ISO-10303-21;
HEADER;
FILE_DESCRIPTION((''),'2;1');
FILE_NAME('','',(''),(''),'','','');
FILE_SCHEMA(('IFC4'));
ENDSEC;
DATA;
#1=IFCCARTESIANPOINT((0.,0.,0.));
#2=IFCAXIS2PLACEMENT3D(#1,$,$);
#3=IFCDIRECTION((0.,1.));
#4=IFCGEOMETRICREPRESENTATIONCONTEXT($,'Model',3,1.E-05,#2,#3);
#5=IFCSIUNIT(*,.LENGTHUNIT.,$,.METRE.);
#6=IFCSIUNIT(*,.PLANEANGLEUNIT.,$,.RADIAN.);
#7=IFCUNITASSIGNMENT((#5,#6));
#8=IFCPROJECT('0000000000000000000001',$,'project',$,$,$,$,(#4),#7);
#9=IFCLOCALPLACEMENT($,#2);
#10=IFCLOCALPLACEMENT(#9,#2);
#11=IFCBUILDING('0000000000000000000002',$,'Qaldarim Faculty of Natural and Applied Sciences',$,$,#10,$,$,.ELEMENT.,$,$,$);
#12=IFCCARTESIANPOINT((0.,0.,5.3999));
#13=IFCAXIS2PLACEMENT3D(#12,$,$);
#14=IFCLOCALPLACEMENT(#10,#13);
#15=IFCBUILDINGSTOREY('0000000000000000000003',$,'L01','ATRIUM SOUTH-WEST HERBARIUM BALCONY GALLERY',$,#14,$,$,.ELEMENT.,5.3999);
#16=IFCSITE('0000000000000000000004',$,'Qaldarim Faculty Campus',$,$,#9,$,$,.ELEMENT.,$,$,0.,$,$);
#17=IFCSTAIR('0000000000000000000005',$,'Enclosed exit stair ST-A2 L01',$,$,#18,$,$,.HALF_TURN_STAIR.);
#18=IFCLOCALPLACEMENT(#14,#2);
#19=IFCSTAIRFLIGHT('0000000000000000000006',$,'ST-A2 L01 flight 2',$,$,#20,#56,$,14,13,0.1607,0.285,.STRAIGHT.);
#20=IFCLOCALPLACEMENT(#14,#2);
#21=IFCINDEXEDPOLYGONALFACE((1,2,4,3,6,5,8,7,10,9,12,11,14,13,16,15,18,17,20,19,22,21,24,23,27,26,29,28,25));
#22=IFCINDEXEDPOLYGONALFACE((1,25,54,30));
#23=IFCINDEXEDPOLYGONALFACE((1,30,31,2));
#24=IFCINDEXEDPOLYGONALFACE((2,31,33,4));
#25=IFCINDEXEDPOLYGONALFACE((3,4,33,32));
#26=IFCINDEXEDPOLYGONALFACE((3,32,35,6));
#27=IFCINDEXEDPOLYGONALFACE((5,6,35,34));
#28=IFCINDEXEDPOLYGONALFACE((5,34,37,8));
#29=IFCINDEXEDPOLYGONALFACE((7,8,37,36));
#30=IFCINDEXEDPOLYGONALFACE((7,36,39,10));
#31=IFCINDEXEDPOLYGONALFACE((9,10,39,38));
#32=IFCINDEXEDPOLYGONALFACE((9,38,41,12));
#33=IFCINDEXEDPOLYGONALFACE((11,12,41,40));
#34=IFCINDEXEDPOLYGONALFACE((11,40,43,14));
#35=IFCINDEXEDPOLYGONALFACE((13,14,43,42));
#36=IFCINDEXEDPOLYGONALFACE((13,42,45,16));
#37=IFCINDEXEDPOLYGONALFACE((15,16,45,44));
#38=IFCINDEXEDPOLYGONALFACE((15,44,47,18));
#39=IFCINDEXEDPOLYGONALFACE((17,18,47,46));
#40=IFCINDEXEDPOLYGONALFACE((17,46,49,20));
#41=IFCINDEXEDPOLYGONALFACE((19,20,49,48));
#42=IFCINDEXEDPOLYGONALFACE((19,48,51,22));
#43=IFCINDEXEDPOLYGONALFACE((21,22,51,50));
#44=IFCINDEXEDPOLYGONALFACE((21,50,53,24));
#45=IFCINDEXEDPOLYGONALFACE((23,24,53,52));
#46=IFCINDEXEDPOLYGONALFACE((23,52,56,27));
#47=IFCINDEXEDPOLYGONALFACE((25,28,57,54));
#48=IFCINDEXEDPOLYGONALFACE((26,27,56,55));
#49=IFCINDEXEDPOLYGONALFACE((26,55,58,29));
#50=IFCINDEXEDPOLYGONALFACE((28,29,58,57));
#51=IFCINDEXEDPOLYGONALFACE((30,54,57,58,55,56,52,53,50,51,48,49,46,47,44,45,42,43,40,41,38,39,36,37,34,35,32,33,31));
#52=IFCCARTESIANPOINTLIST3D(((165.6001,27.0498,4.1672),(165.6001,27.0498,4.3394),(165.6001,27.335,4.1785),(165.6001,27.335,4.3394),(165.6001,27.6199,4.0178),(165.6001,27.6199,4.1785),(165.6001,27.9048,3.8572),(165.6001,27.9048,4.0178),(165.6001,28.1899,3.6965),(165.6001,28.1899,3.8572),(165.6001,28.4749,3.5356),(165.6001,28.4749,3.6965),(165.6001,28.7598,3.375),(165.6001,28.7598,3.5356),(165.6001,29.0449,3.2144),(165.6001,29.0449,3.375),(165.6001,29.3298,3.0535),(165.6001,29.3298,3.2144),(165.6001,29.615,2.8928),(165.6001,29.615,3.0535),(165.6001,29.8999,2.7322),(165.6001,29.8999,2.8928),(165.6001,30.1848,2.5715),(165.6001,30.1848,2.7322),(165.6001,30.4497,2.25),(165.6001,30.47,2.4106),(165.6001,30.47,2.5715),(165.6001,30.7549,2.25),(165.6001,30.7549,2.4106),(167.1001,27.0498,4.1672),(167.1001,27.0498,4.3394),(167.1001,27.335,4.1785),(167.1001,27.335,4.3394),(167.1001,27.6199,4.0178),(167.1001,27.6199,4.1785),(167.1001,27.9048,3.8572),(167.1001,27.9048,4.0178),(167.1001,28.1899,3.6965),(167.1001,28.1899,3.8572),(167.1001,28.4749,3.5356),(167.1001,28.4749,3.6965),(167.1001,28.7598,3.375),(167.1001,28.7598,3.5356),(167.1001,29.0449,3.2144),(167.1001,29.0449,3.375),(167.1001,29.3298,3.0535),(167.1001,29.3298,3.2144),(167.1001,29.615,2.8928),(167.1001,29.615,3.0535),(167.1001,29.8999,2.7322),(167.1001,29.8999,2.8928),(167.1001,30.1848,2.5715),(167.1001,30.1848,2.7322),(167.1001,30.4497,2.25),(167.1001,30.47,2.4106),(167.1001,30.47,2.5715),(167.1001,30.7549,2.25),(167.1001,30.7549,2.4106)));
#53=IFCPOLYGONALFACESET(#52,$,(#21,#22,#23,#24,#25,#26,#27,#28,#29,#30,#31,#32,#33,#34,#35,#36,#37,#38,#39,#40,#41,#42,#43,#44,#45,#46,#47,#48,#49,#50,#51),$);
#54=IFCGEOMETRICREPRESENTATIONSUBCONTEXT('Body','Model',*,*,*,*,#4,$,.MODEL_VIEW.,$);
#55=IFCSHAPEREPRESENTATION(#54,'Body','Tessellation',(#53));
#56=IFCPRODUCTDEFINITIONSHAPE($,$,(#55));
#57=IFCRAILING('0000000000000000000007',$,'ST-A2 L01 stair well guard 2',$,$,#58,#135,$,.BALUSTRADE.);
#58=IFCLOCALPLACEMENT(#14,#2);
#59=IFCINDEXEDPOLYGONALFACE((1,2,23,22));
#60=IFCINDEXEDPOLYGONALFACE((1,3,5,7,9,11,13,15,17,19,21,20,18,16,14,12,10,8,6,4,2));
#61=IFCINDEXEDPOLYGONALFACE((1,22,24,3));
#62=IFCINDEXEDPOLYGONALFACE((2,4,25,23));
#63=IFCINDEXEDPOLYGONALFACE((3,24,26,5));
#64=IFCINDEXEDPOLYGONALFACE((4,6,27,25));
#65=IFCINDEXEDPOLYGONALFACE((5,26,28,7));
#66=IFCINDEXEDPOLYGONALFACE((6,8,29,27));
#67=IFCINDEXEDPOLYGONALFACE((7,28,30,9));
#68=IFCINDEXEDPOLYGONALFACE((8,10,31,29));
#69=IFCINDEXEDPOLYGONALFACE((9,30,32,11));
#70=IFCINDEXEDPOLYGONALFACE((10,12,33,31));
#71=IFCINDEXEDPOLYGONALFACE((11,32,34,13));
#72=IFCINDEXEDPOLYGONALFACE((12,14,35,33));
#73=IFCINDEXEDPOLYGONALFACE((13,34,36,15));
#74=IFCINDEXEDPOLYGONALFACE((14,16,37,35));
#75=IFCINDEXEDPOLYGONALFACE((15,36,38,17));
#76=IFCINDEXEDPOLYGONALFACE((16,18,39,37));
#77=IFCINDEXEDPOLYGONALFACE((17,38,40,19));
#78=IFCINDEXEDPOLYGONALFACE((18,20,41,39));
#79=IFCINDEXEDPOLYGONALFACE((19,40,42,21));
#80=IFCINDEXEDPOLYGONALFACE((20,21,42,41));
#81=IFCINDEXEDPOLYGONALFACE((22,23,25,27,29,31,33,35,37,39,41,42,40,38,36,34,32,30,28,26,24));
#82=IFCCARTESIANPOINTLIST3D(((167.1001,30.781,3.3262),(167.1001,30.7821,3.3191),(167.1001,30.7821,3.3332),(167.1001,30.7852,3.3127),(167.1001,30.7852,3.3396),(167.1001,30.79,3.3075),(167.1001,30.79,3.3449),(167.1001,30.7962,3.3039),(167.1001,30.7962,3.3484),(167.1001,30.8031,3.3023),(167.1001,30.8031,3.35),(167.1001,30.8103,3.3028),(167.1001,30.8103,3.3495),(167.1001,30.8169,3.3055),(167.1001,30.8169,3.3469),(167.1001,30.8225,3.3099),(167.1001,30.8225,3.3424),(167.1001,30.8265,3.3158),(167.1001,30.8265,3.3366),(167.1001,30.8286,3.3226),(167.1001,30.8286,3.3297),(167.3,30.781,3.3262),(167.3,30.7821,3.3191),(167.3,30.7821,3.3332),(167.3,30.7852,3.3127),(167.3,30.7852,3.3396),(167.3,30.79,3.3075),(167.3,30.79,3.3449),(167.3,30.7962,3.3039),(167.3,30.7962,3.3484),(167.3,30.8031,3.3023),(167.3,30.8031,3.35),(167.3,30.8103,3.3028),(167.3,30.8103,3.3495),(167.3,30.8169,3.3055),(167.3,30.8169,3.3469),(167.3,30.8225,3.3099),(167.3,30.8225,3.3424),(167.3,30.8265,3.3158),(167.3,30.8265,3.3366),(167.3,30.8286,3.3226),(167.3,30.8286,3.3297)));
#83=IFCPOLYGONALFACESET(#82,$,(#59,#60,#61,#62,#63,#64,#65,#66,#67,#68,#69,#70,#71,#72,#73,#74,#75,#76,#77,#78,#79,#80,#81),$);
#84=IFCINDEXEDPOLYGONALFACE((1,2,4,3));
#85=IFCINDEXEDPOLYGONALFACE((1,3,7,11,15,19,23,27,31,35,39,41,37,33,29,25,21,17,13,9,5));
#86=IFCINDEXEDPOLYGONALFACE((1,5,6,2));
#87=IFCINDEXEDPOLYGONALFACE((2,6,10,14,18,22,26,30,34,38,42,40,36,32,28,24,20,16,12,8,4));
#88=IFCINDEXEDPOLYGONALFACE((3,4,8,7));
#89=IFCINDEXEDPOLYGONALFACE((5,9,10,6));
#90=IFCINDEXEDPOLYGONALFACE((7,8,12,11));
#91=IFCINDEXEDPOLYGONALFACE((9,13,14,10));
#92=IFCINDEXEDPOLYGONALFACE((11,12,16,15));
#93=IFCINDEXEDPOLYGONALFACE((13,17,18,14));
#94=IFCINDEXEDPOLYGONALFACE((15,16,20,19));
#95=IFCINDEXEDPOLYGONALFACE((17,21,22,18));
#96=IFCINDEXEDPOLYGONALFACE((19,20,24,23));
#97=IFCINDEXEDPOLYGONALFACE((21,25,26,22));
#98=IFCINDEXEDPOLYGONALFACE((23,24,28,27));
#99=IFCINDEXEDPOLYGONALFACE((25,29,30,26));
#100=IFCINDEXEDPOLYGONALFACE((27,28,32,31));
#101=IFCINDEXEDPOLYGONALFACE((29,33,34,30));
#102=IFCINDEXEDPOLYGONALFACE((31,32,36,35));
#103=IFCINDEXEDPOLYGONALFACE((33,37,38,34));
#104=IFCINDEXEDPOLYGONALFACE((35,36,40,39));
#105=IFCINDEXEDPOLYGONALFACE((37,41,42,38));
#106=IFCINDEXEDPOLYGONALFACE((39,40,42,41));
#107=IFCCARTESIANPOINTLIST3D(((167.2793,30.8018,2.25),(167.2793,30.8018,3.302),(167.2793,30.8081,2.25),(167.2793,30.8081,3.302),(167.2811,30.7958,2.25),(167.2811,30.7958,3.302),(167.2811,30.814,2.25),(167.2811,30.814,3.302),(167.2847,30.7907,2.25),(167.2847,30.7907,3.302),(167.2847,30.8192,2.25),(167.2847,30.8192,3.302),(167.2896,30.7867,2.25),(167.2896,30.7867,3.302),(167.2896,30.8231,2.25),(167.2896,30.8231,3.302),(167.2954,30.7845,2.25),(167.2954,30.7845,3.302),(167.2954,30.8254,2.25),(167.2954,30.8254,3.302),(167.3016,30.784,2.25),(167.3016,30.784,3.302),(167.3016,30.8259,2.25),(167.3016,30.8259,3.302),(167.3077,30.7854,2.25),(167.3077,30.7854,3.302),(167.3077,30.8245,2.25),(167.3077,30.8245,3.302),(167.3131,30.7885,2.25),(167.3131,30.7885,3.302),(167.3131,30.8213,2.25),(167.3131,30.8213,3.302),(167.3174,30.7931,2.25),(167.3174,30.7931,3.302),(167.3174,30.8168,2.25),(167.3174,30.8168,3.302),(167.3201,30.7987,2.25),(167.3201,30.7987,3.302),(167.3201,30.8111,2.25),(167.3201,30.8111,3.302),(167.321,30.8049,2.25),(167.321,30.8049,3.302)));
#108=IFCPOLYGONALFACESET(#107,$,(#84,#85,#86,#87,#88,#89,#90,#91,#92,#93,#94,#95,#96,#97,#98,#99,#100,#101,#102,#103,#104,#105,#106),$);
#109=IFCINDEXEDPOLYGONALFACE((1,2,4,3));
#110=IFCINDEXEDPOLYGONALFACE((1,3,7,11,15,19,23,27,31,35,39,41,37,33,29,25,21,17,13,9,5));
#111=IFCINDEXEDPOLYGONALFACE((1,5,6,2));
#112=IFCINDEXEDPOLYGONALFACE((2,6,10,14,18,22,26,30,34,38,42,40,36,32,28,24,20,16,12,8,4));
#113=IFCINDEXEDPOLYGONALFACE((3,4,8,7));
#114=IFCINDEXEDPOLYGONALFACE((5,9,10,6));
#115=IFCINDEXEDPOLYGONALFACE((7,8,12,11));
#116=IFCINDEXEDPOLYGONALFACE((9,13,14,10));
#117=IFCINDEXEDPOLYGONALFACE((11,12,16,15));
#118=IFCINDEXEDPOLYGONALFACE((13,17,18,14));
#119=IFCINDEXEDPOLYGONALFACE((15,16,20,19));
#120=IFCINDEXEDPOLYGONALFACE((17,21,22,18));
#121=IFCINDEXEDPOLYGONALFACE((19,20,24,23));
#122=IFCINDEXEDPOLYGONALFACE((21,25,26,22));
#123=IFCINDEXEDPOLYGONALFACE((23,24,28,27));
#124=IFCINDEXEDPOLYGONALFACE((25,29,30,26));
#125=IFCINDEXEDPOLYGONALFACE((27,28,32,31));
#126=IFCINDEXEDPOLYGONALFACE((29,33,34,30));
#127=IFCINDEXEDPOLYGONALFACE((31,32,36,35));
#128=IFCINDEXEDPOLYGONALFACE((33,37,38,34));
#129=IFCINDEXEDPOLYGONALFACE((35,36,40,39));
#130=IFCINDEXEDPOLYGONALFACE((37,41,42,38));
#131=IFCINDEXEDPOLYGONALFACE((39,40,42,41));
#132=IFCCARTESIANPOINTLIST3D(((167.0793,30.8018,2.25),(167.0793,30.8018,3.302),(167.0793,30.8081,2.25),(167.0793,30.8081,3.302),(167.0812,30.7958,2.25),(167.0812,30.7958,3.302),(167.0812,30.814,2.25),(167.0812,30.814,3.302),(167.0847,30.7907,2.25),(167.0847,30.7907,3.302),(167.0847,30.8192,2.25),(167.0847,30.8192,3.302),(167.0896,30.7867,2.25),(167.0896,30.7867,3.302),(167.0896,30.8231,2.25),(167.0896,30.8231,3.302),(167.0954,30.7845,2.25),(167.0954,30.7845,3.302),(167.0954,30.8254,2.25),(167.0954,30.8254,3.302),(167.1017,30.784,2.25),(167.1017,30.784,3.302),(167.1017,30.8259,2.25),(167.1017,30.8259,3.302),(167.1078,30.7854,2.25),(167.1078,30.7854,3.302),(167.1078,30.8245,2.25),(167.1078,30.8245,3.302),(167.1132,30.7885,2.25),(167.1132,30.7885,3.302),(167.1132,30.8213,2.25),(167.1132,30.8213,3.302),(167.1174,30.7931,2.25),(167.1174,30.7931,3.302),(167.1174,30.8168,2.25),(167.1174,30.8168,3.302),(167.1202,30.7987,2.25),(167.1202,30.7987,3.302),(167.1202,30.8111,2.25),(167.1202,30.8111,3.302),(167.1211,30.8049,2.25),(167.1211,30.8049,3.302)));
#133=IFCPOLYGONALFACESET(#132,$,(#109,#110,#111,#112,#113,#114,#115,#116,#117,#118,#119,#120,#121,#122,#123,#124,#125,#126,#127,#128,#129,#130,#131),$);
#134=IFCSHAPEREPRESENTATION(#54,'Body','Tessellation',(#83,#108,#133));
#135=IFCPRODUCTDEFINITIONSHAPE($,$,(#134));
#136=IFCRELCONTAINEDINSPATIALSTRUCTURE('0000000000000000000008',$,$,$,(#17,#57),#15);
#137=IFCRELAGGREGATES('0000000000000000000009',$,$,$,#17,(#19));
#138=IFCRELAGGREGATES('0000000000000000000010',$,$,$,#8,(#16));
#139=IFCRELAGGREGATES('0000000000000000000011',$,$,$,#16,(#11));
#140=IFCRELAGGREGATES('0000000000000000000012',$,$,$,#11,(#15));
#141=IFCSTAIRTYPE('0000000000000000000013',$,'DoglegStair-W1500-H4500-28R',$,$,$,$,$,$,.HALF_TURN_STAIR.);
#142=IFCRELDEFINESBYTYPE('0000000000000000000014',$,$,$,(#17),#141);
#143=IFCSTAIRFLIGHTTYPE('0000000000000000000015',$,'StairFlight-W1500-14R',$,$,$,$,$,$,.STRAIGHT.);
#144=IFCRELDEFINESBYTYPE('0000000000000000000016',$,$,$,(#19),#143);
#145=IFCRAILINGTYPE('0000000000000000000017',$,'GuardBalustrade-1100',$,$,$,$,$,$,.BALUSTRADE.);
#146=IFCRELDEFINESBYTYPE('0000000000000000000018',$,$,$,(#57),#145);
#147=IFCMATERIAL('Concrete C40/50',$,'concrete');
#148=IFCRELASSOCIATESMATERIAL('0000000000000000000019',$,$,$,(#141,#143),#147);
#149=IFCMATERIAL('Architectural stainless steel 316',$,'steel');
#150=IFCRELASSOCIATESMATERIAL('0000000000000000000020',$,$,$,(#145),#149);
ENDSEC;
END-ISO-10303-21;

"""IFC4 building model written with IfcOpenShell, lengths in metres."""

from ifc_helpers import new_model, si_unit, direction, frame, origin, origin_2d, place, context, subcontext, project, spatial, polyline, circle, outline, extrude, material, type_object, element, aggregate, save


model = new_model("IFC4")

# Units and contexts
model_context = context("Model", 3, precision=1e-05, world=origin(), true_north=direction((0.0, 1.0)))
body_context = subcontext(model_context, "Body", "Model", "MODEL_VIEW")
ifc_project = project(units=[si_unit("LENGTHUNIT", "METRE"), si_unit("PLANEANGLEUNIT", "RADIAN")], contexts=[model_context])

# Site, building, storey
site_placement = place(None, origin())
site = spatial("IfcSite", under=ifc_project, at=site_placement, Name="Qaldarim Faculty Campus", CompositionType="ELEMENT", RefElevation=0.0)
building_placement = place(site_placement, origin())
building = spatial("IfcBuilding", under=site, at=building_placement, Name="Qaldarim Faculty of Natural and Applied Sciences", CompositionType="ELEMENT")
storey_placement = place(building_placement, frame((0.0, 0.0, 5.3999)))
storey = spatial("IfcBuildingStorey", under=building, at=storey_placement, Name="L01", Description="ATRIUM SOUTH-WEST HERBARIUM BALCONY GALLERY", CompositionType="ELEMENT", Elevation=5.3999)

# Shared definitions
ifc_material_1 = material(Name="Concrete C40/50", Category="concrete")

# Stair, stair flight
stair_type = type_object("IfcStairType", Name="DoglegStair-W1500-H4500-28R", PredefinedType="HALF_TURN_STAIR", material=ifc_material_1)
stair_placement = place(storey_placement, origin())
stair = element("IfcStair", 1, at=stair_placement, inside=storey, type_object=stair_type, Name="Enclosed exit stair ST-A2 L01", PredefinedType="HALF_TURN_STAIR")
stair_flight_type = type_object("IfcStairFlightType", Name="StairFlight-W1500-14R", PredefinedType="STRAIGHT", material=ifc_material_1)
stair_flight_placement = place(storey_placement, frame((166.3501, 30.7549, 2.25), z_axis=(0.0, 0.0, 1.0), x_axis=(0.0, -1.0, 0.0)))
stair_flight = element("IfcStairFlight", 2, at=stair_flight_placement, type_object=stair_flight_type, Name="ST-A2 L01 flight 2", NumberOfRisers=14, NumberOfTreads=13, PredefinedType="STRAIGHT", RiserHeight=0.1607, TreadLength=0.285, context=body_context, shape_type="SweptSolid", body=[
    extrude(outline(polyline([(0.0, 0.0), (0.0, 0.1606), (0.2849, 0.1606), (0.2849, 0.3215), (0.5701, 0.3215), (0.5701, 0.4822), (0.855, 0.4822), (0.855, 0.6428), (1.1399, 0.6428), (1.1399, 0.8035), (1.425, 0.8035), (1.425, 0.9644), (1.71, 0.9644), (1.71, 1.125), (1.9951, 1.125), (1.9951, 1.2856), (2.28, 1.2856), (2.28, 1.4465), (2.5649, 1.4465), (2.5649, 1.6072), (2.8501, 1.6072), (2.8501, 1.7678), (3.135, 1.7678), (3.135, 1.9285), (3.4199, 1.9285), (3.4199, 2.0894), (3.7051, 2.0894), (3.7051, 2.25), (3.7051, 1.9172), (0.3052, 0.0), (0.0, 0.0)])), frame((0.0, 0.75, 0.0), z_axis=(0.0, -1.0, 0.0), x_axis=(1.0, 0.0, 0.0)), (0.0, 0.0, 1.0), 1.5),
])
aggregate(stair, [stair_flight])

# Railing
ifc_material_2 = material(Name="Architectural stainless steel 316", Category="steel")
railing_type_1 = type_object("IfcRailingType", Name="GuardBalustrade-1100", PredefinedType="BALUSTRADE", material=ifc_material_2)
railing_1_placement = place(storey_placement, frame((167.3, 30.8049, 2.25)))
element("IfcRailing", 3, at=railing_1_placement, inside=storey, type_object=railing_type_1, Name="ST-A2 L01 stair well guard 2", PredefinedType="BALUSTRADE", context=body_context, shape_type="SweptSolid", body=[
    extrude(circle(Radius=0.0239, at=origin_2d()), frame((0.0, 0.0, 1.0762), z_axis=(-1.0, 0.0, 0.0), x_axis=(0.0, -1.0, 0.0)), (0.0, 0.0, 1.0), 0.2),
    extrude(circle(Radius=0.021, at=origin_2d()), origin(), (0.0, 0.0, 1.0), 1.052),
    extrude(circle(Radius=0.021, at=origin_2d()), frame((-0.2, 0.0, 0.0)), (0.0, 0.0, 1.0), 1.052),
])

save(model, "model.ifc")
